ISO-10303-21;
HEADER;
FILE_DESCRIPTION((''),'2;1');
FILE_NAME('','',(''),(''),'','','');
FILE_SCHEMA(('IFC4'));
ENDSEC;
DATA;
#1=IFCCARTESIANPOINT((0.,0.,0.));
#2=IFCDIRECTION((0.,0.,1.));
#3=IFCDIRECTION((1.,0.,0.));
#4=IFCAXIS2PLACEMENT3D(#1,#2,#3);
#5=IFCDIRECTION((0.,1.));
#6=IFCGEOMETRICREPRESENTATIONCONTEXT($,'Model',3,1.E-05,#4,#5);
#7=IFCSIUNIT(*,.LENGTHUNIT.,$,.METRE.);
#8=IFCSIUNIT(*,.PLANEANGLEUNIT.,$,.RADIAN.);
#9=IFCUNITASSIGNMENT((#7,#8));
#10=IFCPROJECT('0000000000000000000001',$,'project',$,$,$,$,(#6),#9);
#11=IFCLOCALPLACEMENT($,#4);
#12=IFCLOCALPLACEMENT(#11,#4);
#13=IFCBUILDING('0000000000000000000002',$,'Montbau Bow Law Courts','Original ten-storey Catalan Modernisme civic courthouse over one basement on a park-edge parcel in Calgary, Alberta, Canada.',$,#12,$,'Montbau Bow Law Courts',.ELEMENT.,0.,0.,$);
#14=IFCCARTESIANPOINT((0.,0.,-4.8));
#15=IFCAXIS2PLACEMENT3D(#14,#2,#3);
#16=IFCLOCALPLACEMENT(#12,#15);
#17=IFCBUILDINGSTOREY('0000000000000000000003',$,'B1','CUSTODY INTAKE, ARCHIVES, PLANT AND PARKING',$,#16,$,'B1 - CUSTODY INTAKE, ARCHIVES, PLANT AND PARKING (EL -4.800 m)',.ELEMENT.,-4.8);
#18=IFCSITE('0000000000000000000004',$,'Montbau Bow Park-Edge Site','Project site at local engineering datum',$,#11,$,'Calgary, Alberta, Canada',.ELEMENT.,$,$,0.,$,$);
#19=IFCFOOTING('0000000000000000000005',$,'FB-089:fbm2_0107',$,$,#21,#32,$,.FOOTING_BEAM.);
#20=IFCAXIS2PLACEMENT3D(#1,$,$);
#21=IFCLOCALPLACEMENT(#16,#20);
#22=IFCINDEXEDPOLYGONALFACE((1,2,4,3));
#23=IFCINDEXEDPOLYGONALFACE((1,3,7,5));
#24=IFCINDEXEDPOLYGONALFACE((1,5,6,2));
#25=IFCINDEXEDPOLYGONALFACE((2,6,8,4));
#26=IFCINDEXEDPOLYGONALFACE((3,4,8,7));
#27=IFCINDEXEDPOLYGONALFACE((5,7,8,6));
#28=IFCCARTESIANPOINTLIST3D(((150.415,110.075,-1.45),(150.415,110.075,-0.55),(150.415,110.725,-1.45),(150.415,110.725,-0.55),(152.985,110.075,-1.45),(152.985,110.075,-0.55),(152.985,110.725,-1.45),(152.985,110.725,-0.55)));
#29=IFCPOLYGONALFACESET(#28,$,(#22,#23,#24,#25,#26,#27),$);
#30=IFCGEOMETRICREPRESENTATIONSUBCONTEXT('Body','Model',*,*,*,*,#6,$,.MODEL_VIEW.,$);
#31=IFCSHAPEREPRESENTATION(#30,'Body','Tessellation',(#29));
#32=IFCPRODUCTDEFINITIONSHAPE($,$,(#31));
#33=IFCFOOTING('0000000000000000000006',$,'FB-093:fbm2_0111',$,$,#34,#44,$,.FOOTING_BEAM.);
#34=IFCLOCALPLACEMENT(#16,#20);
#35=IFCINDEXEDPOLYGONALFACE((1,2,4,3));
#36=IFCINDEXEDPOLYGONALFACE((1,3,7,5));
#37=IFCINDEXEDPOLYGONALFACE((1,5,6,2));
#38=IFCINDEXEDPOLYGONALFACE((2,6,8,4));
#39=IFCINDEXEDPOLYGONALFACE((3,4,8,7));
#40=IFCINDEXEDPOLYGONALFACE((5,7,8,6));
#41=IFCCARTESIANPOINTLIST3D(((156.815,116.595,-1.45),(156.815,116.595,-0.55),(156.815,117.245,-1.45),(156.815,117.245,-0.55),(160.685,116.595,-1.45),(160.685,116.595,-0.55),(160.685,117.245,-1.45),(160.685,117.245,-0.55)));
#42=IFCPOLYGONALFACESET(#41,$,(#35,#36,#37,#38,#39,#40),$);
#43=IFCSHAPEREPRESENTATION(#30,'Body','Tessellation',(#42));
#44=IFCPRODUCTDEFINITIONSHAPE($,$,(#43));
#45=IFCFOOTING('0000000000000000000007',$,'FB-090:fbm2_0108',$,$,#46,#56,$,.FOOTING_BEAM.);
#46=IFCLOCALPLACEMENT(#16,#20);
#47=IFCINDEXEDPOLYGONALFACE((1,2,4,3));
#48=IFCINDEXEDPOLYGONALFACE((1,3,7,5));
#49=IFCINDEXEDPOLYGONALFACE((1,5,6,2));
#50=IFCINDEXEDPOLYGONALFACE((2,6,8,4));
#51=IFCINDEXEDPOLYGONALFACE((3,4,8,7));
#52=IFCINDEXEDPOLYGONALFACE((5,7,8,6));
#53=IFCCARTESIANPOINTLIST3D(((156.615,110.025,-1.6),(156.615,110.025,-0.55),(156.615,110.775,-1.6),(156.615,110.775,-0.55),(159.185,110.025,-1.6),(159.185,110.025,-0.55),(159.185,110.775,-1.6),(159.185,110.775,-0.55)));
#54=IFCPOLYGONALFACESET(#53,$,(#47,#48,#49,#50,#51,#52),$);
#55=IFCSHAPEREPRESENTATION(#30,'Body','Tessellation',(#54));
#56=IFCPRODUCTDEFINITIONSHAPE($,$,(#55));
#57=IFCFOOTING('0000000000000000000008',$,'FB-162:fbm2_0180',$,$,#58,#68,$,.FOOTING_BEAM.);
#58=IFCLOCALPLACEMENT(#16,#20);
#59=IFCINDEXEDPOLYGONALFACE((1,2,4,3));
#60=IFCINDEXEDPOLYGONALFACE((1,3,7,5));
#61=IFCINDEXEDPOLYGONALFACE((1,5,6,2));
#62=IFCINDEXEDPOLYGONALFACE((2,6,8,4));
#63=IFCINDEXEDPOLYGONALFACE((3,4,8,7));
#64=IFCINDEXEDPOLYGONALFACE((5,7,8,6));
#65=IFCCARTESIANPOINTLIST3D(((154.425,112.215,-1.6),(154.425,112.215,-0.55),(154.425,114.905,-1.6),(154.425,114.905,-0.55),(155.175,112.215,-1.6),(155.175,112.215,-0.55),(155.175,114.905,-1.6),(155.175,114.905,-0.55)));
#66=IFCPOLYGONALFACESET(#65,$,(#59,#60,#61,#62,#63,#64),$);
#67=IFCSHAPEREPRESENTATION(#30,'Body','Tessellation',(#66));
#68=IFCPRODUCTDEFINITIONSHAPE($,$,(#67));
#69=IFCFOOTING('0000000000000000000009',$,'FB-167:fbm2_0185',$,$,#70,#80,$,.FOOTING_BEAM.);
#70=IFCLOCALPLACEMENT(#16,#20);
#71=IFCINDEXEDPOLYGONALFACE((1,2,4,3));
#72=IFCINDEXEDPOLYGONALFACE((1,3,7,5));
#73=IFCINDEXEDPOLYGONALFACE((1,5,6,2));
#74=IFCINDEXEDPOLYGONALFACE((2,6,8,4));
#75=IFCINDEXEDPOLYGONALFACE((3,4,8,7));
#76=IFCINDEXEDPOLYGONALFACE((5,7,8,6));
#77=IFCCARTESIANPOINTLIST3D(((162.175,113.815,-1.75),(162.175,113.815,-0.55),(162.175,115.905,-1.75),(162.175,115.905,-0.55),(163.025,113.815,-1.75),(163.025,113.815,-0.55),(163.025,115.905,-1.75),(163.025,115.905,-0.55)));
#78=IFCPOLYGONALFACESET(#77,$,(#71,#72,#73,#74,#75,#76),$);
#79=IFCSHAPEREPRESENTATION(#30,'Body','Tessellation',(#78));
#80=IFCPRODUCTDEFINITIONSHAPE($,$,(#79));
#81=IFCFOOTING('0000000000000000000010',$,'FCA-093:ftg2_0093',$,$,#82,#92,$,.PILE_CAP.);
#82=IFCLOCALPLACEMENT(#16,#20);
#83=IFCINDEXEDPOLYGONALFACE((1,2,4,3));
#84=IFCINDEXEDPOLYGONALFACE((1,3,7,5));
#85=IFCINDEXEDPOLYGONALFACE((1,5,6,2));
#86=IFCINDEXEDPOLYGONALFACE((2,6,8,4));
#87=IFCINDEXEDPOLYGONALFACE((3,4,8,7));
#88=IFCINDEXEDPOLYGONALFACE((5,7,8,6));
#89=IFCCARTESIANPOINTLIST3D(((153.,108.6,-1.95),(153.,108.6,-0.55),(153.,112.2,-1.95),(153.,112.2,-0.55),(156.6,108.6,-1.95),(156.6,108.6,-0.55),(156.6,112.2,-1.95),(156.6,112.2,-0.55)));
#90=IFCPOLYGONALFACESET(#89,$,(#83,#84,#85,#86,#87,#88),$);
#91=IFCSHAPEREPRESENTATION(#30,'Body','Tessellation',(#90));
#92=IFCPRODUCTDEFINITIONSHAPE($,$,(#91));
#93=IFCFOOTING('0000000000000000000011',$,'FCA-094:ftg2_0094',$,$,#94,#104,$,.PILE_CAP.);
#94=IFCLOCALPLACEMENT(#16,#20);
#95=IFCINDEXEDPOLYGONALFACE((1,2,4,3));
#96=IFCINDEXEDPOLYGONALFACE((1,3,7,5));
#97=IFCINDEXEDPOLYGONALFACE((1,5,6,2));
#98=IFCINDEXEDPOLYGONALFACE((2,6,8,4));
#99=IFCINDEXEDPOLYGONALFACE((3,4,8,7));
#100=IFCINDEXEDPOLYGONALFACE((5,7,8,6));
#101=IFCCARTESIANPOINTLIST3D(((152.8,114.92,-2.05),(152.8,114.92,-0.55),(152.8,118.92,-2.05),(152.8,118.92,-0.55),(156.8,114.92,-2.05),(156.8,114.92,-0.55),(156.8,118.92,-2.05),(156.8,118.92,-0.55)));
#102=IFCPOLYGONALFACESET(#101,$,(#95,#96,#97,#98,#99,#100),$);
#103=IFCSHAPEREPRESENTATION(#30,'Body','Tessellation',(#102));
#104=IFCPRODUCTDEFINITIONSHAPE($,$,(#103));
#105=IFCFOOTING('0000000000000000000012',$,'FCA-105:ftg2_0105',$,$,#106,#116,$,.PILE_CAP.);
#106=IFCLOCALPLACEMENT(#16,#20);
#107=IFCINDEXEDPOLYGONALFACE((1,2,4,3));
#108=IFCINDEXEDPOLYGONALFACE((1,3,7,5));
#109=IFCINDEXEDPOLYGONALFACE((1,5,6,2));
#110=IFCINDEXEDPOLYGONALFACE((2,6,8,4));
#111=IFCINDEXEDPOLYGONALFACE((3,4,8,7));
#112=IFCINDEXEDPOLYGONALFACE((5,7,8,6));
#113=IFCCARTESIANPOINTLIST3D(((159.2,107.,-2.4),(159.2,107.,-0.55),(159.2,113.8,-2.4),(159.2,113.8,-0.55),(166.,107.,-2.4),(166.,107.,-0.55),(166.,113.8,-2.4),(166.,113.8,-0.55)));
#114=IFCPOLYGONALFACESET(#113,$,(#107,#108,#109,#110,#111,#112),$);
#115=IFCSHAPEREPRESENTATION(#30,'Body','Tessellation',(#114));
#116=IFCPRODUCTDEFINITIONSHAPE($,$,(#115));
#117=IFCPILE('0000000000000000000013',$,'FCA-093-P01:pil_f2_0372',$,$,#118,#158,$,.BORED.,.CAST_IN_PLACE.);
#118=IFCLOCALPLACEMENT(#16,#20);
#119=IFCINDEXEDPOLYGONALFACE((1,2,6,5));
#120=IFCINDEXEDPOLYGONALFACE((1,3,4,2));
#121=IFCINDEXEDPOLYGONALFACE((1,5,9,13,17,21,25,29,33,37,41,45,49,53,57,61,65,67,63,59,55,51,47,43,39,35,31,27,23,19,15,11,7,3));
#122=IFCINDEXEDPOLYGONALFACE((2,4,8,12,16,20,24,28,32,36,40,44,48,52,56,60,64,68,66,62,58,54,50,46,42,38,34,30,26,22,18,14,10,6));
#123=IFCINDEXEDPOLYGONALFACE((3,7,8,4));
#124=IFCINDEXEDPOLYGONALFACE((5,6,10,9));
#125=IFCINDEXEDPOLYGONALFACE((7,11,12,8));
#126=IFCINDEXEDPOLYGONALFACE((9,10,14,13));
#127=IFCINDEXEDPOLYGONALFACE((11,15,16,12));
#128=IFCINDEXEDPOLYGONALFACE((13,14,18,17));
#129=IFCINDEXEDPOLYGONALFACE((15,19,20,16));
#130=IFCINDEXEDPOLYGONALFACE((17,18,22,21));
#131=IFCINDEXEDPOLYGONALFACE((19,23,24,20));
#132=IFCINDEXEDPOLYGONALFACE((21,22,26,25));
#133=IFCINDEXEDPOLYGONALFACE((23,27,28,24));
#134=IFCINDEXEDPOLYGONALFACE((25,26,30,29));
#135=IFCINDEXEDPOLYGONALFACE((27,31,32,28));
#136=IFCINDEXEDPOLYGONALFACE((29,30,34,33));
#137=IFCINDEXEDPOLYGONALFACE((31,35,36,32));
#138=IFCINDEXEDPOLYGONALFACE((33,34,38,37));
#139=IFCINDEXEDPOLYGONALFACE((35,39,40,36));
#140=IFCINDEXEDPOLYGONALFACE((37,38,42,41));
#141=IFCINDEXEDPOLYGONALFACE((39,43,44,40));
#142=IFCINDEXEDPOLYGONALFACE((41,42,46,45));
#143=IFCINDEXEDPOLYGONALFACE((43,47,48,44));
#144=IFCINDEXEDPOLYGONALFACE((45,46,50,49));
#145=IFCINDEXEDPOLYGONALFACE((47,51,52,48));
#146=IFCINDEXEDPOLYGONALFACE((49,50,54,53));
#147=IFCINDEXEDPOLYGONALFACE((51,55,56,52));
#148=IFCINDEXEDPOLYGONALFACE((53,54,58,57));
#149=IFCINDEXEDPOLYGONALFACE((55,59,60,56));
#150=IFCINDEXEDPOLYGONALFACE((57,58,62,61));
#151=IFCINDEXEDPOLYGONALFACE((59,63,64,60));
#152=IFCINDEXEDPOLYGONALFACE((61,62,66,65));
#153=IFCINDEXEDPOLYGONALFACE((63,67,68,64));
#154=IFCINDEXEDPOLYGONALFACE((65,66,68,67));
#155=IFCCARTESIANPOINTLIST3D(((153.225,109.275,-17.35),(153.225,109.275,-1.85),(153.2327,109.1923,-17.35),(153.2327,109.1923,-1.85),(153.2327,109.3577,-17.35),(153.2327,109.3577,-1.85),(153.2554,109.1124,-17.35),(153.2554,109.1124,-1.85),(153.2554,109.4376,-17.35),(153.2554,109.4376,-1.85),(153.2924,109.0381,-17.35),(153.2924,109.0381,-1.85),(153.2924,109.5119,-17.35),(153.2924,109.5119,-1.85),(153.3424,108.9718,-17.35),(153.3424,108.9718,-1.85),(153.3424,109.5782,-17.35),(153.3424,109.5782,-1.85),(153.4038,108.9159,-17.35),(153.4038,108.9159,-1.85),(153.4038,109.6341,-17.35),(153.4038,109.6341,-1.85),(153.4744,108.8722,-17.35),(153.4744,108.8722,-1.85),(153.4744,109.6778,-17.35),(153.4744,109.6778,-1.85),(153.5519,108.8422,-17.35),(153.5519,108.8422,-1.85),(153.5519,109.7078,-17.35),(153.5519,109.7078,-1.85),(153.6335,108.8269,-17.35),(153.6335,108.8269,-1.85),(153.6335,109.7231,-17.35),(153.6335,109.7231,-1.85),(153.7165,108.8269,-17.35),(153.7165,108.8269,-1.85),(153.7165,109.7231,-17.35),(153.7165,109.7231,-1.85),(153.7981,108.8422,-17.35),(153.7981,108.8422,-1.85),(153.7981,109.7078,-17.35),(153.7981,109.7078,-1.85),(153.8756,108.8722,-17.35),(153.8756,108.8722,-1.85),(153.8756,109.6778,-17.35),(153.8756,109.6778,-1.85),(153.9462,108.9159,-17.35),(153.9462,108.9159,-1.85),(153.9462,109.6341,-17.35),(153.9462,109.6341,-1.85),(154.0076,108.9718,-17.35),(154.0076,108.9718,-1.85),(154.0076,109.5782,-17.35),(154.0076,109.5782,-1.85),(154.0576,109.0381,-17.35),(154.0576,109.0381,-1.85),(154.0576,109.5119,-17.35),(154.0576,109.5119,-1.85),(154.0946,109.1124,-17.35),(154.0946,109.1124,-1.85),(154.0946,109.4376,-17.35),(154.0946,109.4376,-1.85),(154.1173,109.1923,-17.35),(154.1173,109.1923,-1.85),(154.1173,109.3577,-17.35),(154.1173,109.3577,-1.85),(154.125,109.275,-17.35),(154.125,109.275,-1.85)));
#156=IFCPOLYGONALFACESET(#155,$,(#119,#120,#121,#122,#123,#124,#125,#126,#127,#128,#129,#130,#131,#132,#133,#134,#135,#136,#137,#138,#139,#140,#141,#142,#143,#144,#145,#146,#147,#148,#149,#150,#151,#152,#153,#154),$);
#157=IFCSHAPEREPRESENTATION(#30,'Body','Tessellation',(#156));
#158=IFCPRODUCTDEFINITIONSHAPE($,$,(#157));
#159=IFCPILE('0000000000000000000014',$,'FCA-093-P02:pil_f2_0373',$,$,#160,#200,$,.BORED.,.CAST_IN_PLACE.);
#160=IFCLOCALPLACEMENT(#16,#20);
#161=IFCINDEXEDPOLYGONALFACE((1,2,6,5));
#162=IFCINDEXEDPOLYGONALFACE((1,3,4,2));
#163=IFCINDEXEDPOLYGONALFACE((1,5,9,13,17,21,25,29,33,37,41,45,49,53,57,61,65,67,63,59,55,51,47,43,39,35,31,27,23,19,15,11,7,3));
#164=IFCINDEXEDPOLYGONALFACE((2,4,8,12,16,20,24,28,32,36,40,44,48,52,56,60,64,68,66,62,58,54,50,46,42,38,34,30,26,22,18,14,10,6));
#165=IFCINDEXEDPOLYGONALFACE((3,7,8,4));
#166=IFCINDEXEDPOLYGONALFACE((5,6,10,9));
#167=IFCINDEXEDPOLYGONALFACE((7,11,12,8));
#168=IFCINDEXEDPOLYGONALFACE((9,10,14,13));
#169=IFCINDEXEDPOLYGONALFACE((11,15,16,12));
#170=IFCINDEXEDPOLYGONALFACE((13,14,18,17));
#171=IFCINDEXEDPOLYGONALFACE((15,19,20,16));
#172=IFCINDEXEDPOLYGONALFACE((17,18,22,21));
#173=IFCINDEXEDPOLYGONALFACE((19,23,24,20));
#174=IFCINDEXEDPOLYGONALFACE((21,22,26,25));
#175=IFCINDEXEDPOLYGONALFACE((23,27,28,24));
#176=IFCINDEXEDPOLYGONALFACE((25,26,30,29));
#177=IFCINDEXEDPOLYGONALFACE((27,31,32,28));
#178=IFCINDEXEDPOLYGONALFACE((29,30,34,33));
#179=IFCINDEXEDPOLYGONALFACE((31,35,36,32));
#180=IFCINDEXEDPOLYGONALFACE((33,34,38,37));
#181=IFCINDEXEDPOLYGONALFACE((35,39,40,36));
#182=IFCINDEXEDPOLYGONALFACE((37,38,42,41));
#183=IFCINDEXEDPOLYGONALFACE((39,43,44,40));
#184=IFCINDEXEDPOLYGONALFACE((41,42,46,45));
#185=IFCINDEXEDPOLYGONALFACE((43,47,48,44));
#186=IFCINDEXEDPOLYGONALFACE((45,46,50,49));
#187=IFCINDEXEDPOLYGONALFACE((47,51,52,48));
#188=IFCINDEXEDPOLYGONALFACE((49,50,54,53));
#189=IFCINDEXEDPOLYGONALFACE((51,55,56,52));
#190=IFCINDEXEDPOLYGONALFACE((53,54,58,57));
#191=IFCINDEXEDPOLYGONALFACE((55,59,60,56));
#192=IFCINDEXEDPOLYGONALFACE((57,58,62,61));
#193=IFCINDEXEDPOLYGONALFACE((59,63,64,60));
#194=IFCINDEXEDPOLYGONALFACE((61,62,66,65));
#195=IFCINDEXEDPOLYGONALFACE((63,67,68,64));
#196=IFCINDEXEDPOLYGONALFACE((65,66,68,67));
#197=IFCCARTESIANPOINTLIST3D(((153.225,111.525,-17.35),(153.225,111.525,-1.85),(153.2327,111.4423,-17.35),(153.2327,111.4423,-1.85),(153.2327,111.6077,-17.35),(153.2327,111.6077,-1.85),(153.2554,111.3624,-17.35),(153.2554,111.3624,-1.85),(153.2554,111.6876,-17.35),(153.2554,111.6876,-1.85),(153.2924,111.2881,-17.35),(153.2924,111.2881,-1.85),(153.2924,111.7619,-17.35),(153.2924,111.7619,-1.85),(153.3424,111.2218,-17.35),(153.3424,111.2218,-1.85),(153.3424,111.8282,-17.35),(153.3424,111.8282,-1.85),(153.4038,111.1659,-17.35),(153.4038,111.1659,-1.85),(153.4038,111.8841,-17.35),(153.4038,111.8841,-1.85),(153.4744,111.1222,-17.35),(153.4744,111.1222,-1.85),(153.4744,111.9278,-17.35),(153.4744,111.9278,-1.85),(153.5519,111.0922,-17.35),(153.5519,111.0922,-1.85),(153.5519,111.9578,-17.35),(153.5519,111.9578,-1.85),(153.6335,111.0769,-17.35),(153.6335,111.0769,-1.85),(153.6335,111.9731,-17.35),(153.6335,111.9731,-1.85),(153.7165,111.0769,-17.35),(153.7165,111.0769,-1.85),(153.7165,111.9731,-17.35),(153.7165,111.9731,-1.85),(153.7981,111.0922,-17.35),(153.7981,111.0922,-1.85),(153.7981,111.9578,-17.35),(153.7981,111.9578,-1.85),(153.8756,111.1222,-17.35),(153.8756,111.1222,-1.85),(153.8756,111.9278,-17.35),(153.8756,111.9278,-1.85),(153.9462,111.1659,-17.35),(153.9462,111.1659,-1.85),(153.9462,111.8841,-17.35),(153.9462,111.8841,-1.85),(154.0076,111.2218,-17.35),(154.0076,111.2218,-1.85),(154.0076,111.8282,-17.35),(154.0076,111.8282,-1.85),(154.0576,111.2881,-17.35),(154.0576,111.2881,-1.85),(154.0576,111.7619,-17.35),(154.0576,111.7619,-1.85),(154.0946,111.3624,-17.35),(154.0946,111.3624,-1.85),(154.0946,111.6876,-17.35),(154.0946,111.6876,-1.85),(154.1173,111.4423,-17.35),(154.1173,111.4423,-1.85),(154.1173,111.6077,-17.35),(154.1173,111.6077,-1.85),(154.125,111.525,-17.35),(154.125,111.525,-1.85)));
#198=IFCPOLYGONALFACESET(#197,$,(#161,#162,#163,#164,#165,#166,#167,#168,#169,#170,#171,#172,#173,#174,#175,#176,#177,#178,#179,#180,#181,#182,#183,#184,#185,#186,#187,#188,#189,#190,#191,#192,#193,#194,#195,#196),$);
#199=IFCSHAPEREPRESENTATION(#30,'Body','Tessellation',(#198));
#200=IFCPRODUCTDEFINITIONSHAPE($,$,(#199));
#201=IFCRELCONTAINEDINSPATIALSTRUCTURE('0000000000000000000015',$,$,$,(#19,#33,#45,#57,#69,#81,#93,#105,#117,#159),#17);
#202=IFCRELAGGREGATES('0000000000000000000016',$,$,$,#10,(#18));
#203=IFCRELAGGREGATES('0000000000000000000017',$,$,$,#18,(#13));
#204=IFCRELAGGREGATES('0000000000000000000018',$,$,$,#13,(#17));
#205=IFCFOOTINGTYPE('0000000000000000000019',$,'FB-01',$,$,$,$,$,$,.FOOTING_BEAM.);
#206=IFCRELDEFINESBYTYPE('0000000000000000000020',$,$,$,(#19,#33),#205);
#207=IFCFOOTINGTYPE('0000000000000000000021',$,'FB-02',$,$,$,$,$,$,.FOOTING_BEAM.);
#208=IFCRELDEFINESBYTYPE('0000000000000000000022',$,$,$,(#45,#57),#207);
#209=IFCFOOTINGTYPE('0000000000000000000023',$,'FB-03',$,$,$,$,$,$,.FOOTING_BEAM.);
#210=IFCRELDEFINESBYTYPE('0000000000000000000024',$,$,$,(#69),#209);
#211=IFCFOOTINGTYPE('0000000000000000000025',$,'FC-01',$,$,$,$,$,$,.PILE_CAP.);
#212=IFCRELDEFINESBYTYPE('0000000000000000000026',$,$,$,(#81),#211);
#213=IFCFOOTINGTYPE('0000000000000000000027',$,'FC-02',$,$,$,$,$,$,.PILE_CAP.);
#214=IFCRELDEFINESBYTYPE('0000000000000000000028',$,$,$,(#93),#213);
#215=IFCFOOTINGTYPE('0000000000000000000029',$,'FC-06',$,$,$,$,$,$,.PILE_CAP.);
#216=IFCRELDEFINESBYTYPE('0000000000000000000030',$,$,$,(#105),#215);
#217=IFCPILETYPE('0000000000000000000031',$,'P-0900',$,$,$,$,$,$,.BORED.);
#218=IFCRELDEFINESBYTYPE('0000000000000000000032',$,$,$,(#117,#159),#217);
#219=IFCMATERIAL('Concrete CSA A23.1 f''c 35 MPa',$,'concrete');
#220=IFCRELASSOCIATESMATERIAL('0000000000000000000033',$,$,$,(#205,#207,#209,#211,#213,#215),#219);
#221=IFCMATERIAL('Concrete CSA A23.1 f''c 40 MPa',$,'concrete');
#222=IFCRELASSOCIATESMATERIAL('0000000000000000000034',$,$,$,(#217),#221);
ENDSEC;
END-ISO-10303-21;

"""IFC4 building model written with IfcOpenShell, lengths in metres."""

from ifc_helpers import new_model, si_unit, direction, frame, origin_with_axes, origin_2d_with_axis, place, context, subcontext, project, spatial, rectangle, circle, extrude, material, material_profile, profile_set, type_object, element, save


model = new_model("IFC4")

# Units and contexts
model_context = context("Model", 3, precision=1e-05, world=origin_with_axes(), true_north=direction((0.0, 1.0)))
body_context = subcontext(model_context, "Body", "Model", "MODEL_VIEW")
ifc_project = project(units=[si_unit("LENGTHUNIT", "METRE"), si_unit("PLANEANGLEUNIT", "RADIAN")], contexts=[model_context])

# Site, building, storey
site_placement = place(None, origin_with_axes())
site = spatial("IfcSite", under=ifc_project, at=site_placement, Name="Montbau Bow Park-Edge Site", Description="Project site at local engineering datum", LongName="Calgary, Alberta, Canada", CompositionType="ELEMENT", RefElevation=0.0)
building_placement = place(site_placement, origin_with_axes())
building = spatial("IfcBuilding", under=site, at=building_placement, Name="Montbau Bow Law Courts", Description="Original ten-storey Catalan Modernisme civic courthouse over one basement on a park-edge parcel in Calgary, Alberta, Canada.", LongName="Montbau Bow Law Courts", CompositionType="ELEMENT", ElevationOfRefHeight=0.0, ElevationOfTerrain=0.0)
storey_placement = place(building_placement, frame((0.0, 0.0, -4.8), z_axis=(0.0, 0.0, 1.0), x_axis=(1.0, 0.0, 0.0)))
storey = spatial("IfcBuildingStorey", under=building, at=storey_placement, Name="B1", Description="CUSTODY INTAKE, ARCHIVES, PLANT AND PARKING", LongName="B1 - CUSTODY INTAKE, ARCHIVES, PLANT AND PARKING (EL -4.800 m)", CompositionType="ELEMENT", Elevation=-4.8)

# Footings
ifc_material_1 = material(Name="Concrete CSA A23.1 f'c 35 MPa", Category="concrete")
footing_type_1 = type_object("IfcFootingType", Name="FB-01", PredefinedType="FOOTING_BEAM", material=ifc_material_1)
footing_1_placement = place(None, frame((151.7, 110.4, -6.25), z_axis=(0.0, 0.0, 1.0), x_axis=(1.0, 0.0, 0.0)))
element("IfcFooting", 1, at=footing_1_placement, inside=storey, type_object=footing_type_1, Name="FB-089:fbm2_0107", PredefinedType="FOOTING_BEAM", context=body_context, shape_type="SweptSolid", body=[
    extrude(rectangle(XDim=2.57, YDim=0.65, at=origin_2d_with_axis()), origin_with_axes(), (0.0, 0.0, 1.0), 0.9),
])
footing_2_placement = place(None, frame((158.75, 116.92, -6.25), z_axis=(0.0, 0.0, 1.0), x_axis=(1.0, 0.0, 0.0)))
element("IfcFooting", 2, at=footing_2_placement, inside=storey, type_object=footing_type_1, Name="FB-093:fbm2_0111", PredefinedType="FOOTING_BEAM", context=body_context, shape_type="SweptSolid", body=[
    extrude(rectangle(XDim=3.87, YDim=0.65, at=origin_2d_with_axis()), origin_with_axes(), (0.0, 0.0, 1.0), 0.9),
])
footing_type_2 = type_object("IfcFootingType", Name="FB-02", PredefinedType="FOOTING_BEAM", material=ifc_material_1)
footing_3_placement = place(None, frame((157.9, 110.4, -6.4), z_axis=(0.0, 0.0, 1.0), x_axis=(1.0, 0.0, 0.0)))
element("IfcFooting", 3, at=footing_3_placement, inside=storey, type_object=footing_type_2, Name="FB-090:fbm2_0108", PredefinedType="FOOTING_BEAM", context=body_context, shape_type="SweptSolid", body=[
    extrude(rectangle(XDim=2.57, YDim=0.75, at=origin_2d_with_axis()), origin_with_axes(), (0.0, 0.0, 1.0), 1.05),
])
footing_4_placement = place(None, frame((154.8, 113.56, -6.4), z_axis=(0.0, 0.0, 1.0), x_axis=(0.0, 1.0, 0.0)))
element("IfcFooting", 4, at=footing_4_placement, inside=storey, type_object=footing_type_2, Name="FB-162:fbm2_0180", PredefinedType="FOOTING_BEAM", context=body_context, shape_type="SweptSolid", body=[
    extrude(rectangle(XDim=2.69, YDim=0.75, at=origin_2d_with_axis()), origin_with_axes(), (0.0, 0.0, 1.0), 1.05),
])
footing_type_3 = type_object("IfcFootingType", Name="FB-03", PredefinedType="FOOTING_BEAM", material=ifc_material_1)
footing_5_placement = place(None, frame((162.6, 114.86, -6.55), z_axis=(0.0, 0.0, 1.0), x_axis=(0.0, 1.0, 0.0)))
element("IfcFooting", 5, at=footing_5_placement, inside=storey, type_object=footing_type_3, Name="FB-167:fbm2_0185", PredefinedType="FOOTING_BEAM", context=body_context, shape_type="SweptSolid", body=[
    extrude(rectangle(XDim=2.09, YDim=0.85, at=origin_2d_with_axis()), origin_with_axes(), (0.0, 0.0, 1.0), 1.2),
])
footing_type_4 = type_object("IfcFootingType", Name="FC-01", PredefinedType="PILE_CAP", material=ifc_material_1)
footing_6_placement = place(None, frame((154.8, 110.4, -6.75), z_axis=(0.0, 0.0, 1.0), x_axis=(1.0, 0.0, 0.0)))
element("IfcFooting", 6, at=footing_6_placement, inside=storey, type_object=footing_type_4, Name="FCA-093:ftg2_0093", PredefinedType="PILE_CAP", context=body_context, shape_type="SweptSolid", body=[
    extrude(rectangle(XDim=3.6, YDim=3.6, at=origin_2d_with_axis()), origin_with_axes(), (0.0, 0.0, 1.0), 1.4),
])
footing_type_5 = type_object("IfcFootingType", Name="FC-02", PredefinedType="PILE_CAP", material=ifc_material_1)
footing_7_placement = place(None, frame((154.8, 116.92, -6.85), z_axis=(0.0, 0.0, 1.0), x_axis=(1.0, 0.0, 0.0)))
element("IfcFooting", 7, at=footing_7_placement, inside=storey, type_object=footing_type_5, Name="FCA-094:ftg2_0094", PredefinedType="PILE_CAP", context=body_context, shape_type="SweptSolid", body=[
    extrude(rectangle(XDim=4.0, YDim=4.0, at=origin_2d_with_axis()), origin_with_axes(), (0.0, 0.0, 1.0), 1.5),
])
footing_type_6 = type_object("IfcFootingType", Name="FC-06", PredefinedType="PILE_CAP", material=ifc_material_1)
footing_8_placement = place(None, frame((162.6, 110.4, -7.2), z_axis=(0.0, 0.0, 1.0), x_axis=(1.0, 0.0, 0.0)))
element("IfcFooting", 8, at=footing_8_placement, inside=storey, type_object=footing_type_6, Name="FCA-105:ftg2_0105", PredefinedType="PILE_CAP", context=body_context, shape_type="SweptSolid", body=[
    extrude(rectangle(XDim=6.8, YDim=6.8, at=origin_2d_with_axis()), origin_with_axes(), (0.0, 0.0, 1.0), 1.85),
])

# Piles
ifc_material_2 = material(Name="Concrete CSA A23.1 f'c 40 MPa", Category="concrete")
ifc_material_profile_1 = material_profile(ifc_material_2, circle(Radius=0.45, at=origin_2d_with_axis()), Name="BP900", Category="Main", Priority=0)
ifc_profile_set_1 = profile_set([ifc_material_profile_1], Name="Concrete CSA A23.1 f'c 40 MPa")
pile_type_1 = type_object("IfcPileType", Name="P-0900", PredefinedType="BORED", material=ifc_profile_set_1)
for number, where, z_axis, x_axis, name in (
    (9, (153.675, 109.275, -22.15), (0.0, 0.0, 1.0), (1.0, 0.0, 0.0), "FCA-093-P01:pil_f2_0372"),
    (10, (153.675, 111.525, -22.15), (0.0, 0.0, 1.0), (1.0, 0.0, 0.0), "FCA-093-P02:pil_f2_0373"),
):
    element("IfcPile", number, at=place(None, frame(where, z_axis=z_axis, x_axis=x_axis)), inside=storey, type_object=pile_type_1, Name=name, ConstructionType="CAST_IN_PLACE", PredefinedType="BORED", context=body_context, shape_type="SweptSolid", body=[
        extrude(circle(Radius=0.45, at=origin_2d_with_axis()), origin_with_axes(), (0.0, 0.0, 1.0), 15.5),
    ])

save(model, "model.ifc")
